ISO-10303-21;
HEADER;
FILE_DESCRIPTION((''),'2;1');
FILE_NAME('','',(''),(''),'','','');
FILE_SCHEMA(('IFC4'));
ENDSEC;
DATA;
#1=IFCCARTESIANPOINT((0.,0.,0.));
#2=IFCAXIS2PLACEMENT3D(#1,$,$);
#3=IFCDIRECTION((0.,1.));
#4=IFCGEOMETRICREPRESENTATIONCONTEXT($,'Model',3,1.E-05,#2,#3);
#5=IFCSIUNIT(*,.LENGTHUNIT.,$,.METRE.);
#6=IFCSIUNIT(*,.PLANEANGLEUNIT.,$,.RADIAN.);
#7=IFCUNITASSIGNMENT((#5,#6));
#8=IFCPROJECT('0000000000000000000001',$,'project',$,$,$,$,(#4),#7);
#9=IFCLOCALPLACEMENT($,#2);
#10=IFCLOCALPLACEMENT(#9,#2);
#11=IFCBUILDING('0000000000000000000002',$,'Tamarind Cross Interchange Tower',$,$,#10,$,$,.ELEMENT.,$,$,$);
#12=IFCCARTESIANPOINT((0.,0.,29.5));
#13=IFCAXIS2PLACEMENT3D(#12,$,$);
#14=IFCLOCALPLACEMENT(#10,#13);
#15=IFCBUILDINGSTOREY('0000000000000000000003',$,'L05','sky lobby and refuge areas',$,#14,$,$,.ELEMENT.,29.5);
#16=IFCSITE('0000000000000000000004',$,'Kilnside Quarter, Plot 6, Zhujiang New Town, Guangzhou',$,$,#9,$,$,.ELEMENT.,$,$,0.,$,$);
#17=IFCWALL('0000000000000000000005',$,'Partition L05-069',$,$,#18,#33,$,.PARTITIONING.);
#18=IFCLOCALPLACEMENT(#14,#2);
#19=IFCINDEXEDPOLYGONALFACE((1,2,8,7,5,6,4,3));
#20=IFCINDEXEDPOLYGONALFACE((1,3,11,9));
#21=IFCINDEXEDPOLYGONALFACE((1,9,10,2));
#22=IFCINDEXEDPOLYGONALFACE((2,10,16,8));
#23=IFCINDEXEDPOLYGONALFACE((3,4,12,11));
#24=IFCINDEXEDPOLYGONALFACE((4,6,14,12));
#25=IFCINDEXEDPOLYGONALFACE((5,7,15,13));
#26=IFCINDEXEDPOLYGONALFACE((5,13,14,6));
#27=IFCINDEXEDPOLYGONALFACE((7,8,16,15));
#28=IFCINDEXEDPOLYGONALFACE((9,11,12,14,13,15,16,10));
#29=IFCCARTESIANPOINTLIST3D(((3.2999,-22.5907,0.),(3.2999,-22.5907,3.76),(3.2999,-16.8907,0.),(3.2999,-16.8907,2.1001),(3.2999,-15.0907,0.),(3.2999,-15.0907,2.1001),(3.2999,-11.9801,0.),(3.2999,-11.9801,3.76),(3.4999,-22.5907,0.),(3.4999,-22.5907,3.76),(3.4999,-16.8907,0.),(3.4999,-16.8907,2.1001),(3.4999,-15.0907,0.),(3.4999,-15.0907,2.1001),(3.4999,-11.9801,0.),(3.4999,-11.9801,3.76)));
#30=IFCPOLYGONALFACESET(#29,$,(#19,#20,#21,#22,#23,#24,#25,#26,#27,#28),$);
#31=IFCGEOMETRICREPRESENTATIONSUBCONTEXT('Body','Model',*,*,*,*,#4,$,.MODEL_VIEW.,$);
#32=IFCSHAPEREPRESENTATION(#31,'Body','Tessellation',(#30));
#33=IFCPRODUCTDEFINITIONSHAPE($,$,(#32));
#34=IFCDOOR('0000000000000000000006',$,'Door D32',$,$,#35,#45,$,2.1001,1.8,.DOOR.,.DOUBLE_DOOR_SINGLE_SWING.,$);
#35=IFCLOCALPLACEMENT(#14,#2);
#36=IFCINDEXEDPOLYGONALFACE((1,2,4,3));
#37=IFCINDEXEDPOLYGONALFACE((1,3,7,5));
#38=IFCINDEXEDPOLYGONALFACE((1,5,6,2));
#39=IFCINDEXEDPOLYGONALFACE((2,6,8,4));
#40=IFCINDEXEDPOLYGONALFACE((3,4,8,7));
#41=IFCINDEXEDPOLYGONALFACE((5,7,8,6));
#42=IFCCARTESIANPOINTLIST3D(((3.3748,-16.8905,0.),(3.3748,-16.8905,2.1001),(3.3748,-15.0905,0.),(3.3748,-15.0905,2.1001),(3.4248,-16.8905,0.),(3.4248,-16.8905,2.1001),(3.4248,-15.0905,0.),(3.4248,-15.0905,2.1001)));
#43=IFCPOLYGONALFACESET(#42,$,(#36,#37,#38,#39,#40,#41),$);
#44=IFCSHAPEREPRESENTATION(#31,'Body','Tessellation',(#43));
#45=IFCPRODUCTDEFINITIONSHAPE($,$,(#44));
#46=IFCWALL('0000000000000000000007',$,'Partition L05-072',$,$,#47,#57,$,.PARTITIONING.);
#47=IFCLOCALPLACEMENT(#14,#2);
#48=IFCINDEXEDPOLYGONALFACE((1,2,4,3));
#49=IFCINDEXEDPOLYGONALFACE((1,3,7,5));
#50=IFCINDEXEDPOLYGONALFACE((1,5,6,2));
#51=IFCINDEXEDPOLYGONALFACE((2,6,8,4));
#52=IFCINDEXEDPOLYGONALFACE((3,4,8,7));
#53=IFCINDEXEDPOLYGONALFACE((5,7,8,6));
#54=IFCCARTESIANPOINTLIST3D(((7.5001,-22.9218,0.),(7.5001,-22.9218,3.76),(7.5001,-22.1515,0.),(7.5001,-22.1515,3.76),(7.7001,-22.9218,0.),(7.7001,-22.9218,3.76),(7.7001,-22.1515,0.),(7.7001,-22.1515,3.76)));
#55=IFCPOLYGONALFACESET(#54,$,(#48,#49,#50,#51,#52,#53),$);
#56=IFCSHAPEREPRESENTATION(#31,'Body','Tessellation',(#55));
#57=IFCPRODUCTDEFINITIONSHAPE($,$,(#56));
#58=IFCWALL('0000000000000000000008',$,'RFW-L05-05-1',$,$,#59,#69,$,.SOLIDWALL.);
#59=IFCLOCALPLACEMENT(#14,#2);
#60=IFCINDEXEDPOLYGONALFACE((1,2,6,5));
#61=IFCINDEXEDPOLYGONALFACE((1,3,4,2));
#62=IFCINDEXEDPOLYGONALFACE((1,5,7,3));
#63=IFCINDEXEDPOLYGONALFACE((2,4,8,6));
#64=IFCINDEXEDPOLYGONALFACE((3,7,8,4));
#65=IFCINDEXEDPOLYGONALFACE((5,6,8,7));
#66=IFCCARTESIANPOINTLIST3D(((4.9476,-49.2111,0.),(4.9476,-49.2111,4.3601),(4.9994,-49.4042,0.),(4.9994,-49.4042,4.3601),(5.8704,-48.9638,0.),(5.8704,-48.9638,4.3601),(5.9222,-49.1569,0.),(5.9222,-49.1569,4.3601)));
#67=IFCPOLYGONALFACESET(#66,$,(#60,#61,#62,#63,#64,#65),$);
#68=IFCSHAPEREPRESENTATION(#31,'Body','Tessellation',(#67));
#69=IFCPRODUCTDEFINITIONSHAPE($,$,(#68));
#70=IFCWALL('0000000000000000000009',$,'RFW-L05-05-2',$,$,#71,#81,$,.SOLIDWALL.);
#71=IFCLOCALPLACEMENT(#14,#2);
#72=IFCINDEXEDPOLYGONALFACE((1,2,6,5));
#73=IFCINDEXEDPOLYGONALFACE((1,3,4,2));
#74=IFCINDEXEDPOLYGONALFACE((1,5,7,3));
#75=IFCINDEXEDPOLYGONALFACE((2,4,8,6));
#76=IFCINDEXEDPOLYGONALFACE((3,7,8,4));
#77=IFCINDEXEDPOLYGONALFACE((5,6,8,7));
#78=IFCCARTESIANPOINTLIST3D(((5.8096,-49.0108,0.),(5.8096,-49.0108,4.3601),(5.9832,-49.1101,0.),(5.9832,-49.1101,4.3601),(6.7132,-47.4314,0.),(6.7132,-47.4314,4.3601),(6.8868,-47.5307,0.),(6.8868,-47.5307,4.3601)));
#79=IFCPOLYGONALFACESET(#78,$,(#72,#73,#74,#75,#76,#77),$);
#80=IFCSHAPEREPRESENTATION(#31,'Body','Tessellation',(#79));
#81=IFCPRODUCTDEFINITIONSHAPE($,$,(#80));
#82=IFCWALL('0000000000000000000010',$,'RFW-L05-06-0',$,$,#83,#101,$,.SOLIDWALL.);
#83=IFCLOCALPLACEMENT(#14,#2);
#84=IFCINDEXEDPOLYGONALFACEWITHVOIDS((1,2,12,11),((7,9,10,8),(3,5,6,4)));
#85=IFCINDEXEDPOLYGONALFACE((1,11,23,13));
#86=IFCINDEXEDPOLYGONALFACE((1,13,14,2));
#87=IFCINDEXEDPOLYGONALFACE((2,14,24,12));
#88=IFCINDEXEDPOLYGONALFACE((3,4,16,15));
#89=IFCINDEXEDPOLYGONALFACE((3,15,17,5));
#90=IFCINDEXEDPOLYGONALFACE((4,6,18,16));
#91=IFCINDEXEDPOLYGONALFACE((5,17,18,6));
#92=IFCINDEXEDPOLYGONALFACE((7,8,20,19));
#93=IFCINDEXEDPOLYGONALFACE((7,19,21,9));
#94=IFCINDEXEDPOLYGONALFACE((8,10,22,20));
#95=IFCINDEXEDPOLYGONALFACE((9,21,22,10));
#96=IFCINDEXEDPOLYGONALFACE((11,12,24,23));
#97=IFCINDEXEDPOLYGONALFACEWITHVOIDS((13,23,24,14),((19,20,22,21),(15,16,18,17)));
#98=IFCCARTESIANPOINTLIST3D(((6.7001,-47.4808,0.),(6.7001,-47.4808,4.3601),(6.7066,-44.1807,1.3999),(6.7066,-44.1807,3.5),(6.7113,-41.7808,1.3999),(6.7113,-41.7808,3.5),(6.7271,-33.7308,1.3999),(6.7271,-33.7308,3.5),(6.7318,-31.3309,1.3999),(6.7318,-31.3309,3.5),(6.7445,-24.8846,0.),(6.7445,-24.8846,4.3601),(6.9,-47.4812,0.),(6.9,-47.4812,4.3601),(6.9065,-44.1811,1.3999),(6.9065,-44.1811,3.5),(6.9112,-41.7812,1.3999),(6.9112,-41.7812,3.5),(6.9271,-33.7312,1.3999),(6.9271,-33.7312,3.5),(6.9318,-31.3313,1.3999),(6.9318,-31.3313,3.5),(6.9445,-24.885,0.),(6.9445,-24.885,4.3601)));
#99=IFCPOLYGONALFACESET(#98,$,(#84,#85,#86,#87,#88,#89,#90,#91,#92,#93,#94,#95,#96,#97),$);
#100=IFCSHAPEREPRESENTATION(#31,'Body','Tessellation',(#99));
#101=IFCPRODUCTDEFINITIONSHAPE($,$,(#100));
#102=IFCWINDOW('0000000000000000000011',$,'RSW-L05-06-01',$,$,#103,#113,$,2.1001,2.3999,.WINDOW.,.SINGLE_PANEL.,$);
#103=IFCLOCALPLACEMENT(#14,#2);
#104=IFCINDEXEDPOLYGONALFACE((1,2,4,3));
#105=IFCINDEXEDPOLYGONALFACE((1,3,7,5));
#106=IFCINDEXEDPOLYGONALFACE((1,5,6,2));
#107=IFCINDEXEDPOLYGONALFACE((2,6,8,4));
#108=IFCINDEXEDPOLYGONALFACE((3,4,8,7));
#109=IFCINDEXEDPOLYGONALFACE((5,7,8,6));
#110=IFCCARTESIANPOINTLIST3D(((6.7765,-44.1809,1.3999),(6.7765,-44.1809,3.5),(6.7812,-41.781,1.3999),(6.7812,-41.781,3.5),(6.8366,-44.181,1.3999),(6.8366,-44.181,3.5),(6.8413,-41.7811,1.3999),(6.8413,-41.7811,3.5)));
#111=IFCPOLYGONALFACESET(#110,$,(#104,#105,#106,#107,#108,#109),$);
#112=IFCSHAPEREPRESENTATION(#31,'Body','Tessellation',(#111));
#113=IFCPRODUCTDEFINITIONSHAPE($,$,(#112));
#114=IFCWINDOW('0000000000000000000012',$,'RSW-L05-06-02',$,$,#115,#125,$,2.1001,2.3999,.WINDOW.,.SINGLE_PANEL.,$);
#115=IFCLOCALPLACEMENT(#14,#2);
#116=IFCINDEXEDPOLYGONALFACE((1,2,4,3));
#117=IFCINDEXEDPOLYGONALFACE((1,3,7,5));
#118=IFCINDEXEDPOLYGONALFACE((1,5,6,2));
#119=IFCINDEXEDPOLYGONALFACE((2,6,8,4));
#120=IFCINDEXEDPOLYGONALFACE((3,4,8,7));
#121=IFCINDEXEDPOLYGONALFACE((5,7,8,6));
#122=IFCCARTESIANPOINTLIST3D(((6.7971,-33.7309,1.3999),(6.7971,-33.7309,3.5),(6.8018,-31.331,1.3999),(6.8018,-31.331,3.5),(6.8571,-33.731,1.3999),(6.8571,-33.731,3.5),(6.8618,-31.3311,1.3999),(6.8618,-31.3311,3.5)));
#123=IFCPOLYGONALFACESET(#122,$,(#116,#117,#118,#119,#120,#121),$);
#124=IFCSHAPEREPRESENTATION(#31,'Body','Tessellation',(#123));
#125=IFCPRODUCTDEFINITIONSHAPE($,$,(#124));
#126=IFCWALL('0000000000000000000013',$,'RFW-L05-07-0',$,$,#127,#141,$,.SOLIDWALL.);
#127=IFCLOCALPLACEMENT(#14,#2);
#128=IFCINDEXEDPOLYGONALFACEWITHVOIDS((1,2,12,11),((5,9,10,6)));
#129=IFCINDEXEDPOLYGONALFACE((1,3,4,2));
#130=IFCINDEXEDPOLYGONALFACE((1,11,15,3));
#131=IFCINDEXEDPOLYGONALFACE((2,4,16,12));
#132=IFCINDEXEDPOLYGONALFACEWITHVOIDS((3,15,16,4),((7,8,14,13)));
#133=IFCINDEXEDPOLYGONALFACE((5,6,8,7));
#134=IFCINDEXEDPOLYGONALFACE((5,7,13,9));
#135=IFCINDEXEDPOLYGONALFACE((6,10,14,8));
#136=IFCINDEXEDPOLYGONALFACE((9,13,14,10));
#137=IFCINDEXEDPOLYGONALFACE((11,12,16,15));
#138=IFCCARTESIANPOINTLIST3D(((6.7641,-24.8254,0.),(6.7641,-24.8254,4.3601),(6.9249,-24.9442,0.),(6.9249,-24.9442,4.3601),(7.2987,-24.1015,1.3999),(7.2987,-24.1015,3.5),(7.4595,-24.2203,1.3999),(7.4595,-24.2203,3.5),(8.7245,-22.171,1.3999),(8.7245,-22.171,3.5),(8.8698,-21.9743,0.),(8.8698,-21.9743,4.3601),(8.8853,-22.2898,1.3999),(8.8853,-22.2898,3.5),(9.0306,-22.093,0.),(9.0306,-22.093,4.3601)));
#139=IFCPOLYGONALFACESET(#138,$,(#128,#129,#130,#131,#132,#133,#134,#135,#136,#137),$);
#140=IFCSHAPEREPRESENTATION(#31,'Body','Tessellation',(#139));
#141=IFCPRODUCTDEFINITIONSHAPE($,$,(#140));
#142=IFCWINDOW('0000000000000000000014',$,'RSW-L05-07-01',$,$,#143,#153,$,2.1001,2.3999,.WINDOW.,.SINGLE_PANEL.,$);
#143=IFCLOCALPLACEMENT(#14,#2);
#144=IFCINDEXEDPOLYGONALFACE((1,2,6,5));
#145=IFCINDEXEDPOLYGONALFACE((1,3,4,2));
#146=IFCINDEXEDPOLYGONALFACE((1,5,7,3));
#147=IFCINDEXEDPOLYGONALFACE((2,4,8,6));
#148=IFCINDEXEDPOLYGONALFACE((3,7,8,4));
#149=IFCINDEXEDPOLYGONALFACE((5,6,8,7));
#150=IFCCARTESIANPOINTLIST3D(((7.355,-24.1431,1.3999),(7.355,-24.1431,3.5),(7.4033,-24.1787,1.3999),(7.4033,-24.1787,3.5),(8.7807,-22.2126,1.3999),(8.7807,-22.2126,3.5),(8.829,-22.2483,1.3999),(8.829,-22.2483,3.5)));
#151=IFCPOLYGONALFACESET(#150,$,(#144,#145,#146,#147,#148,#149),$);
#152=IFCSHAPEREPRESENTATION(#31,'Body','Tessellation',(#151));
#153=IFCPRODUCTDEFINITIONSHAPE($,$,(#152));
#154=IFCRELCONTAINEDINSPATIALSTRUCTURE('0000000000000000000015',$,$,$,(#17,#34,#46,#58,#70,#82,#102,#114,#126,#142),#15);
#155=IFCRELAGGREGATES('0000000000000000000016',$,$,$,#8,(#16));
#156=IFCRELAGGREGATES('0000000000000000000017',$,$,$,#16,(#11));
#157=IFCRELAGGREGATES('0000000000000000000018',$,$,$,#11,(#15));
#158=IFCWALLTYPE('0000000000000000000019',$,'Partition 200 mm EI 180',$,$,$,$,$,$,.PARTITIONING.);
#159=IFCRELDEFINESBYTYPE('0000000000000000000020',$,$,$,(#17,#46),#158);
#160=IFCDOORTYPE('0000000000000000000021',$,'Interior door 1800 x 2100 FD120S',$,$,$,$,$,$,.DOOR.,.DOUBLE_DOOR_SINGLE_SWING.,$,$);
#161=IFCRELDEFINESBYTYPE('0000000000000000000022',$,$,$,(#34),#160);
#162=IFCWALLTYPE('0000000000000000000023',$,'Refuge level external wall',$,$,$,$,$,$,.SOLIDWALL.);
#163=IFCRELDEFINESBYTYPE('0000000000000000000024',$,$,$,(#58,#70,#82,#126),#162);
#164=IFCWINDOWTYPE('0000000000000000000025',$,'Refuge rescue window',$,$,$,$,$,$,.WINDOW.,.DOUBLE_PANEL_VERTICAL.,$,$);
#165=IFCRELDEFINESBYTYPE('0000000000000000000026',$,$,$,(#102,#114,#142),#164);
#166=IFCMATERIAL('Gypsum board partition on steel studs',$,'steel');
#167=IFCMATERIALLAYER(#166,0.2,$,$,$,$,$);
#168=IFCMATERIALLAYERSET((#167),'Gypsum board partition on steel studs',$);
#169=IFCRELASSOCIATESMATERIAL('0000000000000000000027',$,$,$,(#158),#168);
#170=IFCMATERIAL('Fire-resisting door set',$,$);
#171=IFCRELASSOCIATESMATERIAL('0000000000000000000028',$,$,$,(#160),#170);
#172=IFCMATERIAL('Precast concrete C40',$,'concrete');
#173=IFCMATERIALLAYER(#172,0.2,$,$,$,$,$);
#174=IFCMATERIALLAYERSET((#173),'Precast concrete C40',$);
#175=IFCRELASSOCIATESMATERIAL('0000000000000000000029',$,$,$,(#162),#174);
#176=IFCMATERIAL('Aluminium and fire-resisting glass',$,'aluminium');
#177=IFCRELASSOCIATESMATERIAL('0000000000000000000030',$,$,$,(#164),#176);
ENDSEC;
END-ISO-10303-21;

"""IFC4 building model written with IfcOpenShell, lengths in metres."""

from ifc_helpers import new_model, si_unit, direction, frame, frame_2d, origin, place, context, subcontext, project, spatial, rectangle, extrude, material, layer, layer_set, type_object, element, fill, save


model = new_model("IFC4")

# Units and contexts
model_context = context("Model", 3, precision=1e-05, world=origin(), true_north=direction((0.0, 1.0)))
body_context = subcontext(model_context, "Body", "Model", "MODEL_VIEW")
ifc_project = project(units=[si_unit("LENGTHUNIT", "METRE"), si_unit("PLANEANGLEUNIT", "RADIAN")], contexts=[model_context])

# Site, building, storey
site_placement = place(None, origin())
site = spatial("IfcSite", under=ifc_project, at=site_placement, Name="Kilnside Quarter, Plot 6, Zhujiang New Town, Guangzhou", CompositionType="ELEMENT", RefElevation=0.0)
building_placement = place(site_placement, origin())
building = spatial("IfcBuilding", under=site, at=building_placement, Name="Tamarind Cross Interchange Tower", CompositionType="ELEMENT")
storey_placement = place(building_placement, frame((0.0, 0.0, 29.5)))
storey = spatial("IfcBuildingStorey", under=building, at=storey_placement, Name="L05", Description="sky lobby and refuge areas", CompositionType="ELEMENT", Elevation=29.5)

# Shared definitions
ifc_material_1 = material(Name="Gypsum board partition on steel studs", Category="steel")
ifc_layer_1 = layer(ifc_material_1, 0.2)
ifc_layer_set_1 = layer_set([ifc_layer_1], Name="Gypsum board partition on steel studs")
wall_type_1 = type_object("IfcWallType", Name="Partition 200 mm EI 180", PredefinedType="PARTITIONING", material=ifc_layer_set_1)

# Shared definitions
ifc_material_2 = material(Name="Fire-resisting door set")
door_type = type_object("IfcDoorType", Name="Interior door 1800 x 2100 FD120S", OperationType="DOUBLE_DOOR_SINGLE_SWING", PredefinedType="DOOR", material=ifc_material_2)

# Wall, opening, door
wall_1_placement = place(storey_placement, frame((3.3999, -22.5906, 0.0), z_axis=(0.0, 0.0, 1.0), x_axis=(0.0, 1.0, 0.0)))
wall_1 = element("IfcWall", 1, at=wall_1_placement, inside=storey, type_object=wall_type_1, Name="Partition L05-069", PredefinedType="PARTITIONING", context=body_context, shape_type="SweptSolid", body=[
    extrude(rectangle(XDim=10.6106, YDim=0.2, at=frame_2d((5.3052, 0.0))), origin(), (0.0, 0.0, 1.0), 3.76),
])
opening_1_placement = place(wall_1_placement, frame((5.7, 0.0, 0.0)))
opening_1 = element("IfcOpeningElement", 2, at=opening_1_placement, cuts=wall_1, PredefinedType="OPENING", context=body_context, shape_type="SweptSolid", body=[
    extrude(rectangle(XDim=1.8, YDim=2.1001, at=frame_2d((0.8999, 1.05))), frame((0.0, 0.1099, 0.0), z_axis=(0.0, -1.0, 0.0), x_axis=(1.0, 0.0, 0.0)), (0.0, 0.0, 1.0), 0.22),
])
door_1_placement = place(opening_1_placement, frame((1.8, 0.0, 0.0), z_axis=(0.0, 0.0, 1.0), x_axis=(-1.0, 0.0, 0.0)))
door_1 = element("IfcDoor", 3, at=door_1_placement, inside=storey, type_object=door_type, Name="Door D32", OperationType="DOUBLE_DOOR_SINGLE_SWING", OverallHeight=2.1001, OverallWidth=1.8, PredefinedType="DOOR", context=body_context, shape_type="SweptSolid", body=[
    extrude(rectangle(XDim=1.8, YDim=2.1001, at=frame_2d((0.8999, 1.05))), frame((0.0, 0.0249, 0.0), z_axis=(0.0, -1.0, 0.0), x_axis=(1.0, 0.0, 0.0)), (0.0, 0.0, 1.0), 0.05),
])
fill(opening_1, door_1)

# Walls
wall_2_placement = place(storey_placement, frame((7.6001, -22.9219, 0.0), z_axis=(0.0, 0.0, 1.0), x_axis=(0.0, 1.0, 0.0)))
element("IfcWall", 4, at=wall_2_placement, inside=storey, type_object=wall_type_1, Name="Partition L05-072", PredefinedType="PARTITIONING", context=body_context, shape_type="SweptSolid", body=[
    extrude(rectangle(XDim=0.7703, YDim=0.2, at=frame_2d((0.3853, 0.0))), origin(), (0.0, 0.0, 1.0), 3.76),
])
ifc_material_3 = material(Name="Precast concrete C40", Category="concrete")
ifc_layer_2 = layer(ifc_material_3, 0.2)
ifc_layer_set_2 = layer_set([ifc_layer_2], Name="Precast concrete C40")
wall_type_2 = type_object("IfcWallType", Name="Refuge level external wall", PredefinedType="SOLIDWALL", material=ifc_layer_set_2)
wall_3_placement = place(storey_placement, frame((4.9736, -49.3076, 0.0), z_axis=(0.0, 0.0, 1.0), x_axis=(0.965916, 0.258855, 0.0)))
element("IfcWall", 5, at=wall_3_placement, inside=storey, type_object=wall_type_2, Name="RFW-L05-05-1", PredefinedType="SOLIDWALL", context=body_context, shape_type="SweptSolid", body=[
    extrude(rectangle(XDim=0.9553, YDim=0.2, at=frame_2d((0.4775, 0.0))), origin(), (0.0, 0.0, 1.0), 4.3601),
])
wall_4_placement = place(storey_placement, frame((5.8965, -49.0603, 0.0), z_axis=(0.0, 0.0, 1.0), x_axis=(0.496587, 0.867987, 0.0)))
element("IfcWall", 6, at=wall_4_placement, inside=storey, type_object=wall_type_2, Name="RFW-L05-05-2", PredefinedType="SOLIDWALL", context=body_context, shape_type="SweptSolid", body=[
    extrude(rectangle(XDim=1.8196, YDim=0.2, at=frame_2d((0.9097, 0.0))), origin(), (0.0, 0.0, 1.0), 4.3601),
])

# Wall, openings, windows
wall_5_placement = place(storey_placement, frame((6.8, -47.481, 0.0), z_axis=(0.0, 0.0, 1.0), x_axis=(0.001966, 0.999998, 0.0)))
wall_5 = element("IfcWall", 7, at=wall_5_placement, inside=storey, type_object=wall_type_2, Name="RFW-L05-06-0", PredefinedType="SOLIDWALL", context=body_context, shape_type="SweptSolid", body=[
    extrude(rectangle(XDim=22.5962, YDim=0.2, at=frame_2d((11.2981, 0.0))), origin(), (0.0, 0.0, 1.0), 4.3601),
])
opening_2_placement = place(wall_5_placement, frame((3.3, 0.0, 1.3999)))
opening_2 = element("IfcOpeningElement", 8, at=opening_2_placement, cuts=wall_5, PredefinedType="OPENING", context=body_context, shape_type="SweptSolid", body=[
    extrude(rectangle(XDim=2.3999, YDim=2.1001, at=frame_2d((1.2, 1.05))), frame((0.0, 0.1099, 0.0), z_axis=(0.0, -1.0, 0.0), x_axis=(1.0, 0.0, 0.0)), (0.0, 0.0, 1.0), 0.22),
])
opening_3_placement = place(wall_5_placement, frame((13.75, 0.0, 1.3999)))
opening_3 = element("IfcOpeningElement", 9, at=opening_3_placement, cuts=wall_5, PredefinedType="OPENING", context=body_context, shape_type="SweptSolid", body=[
    extrude(rectangle(XDim=2.3999, YDim=2.1001, at=frame_2d((1.2, 1.05))), frame((0.0, 0.1099, 0.0), z_axis=(0.0, -1.0, 0.0), x_axis=(1.0, 0.0, 0.0)), (0.0, 0.0, 1.0), 0.22),
])
ifc_material_4 = material(Name="Aluminium and fire-resisting glass", Category="aluminium")
window_type = type_object("IfcWindowType", Name="Refuge rescue window", PartitioningType="DOUBLE_PANEL_VERTICAL", PredefinedType="WINDOW", material=ifc_material_4)
window_1_placement = place(opening_2_placement, origin())
window_1 = element("IfcWindow", 10, at=window_1_placement, inside=storey, type_object=window_type, Name="RSW-L05-06-01", OverallHeight=2.1001, OverallWidth=2.3999, PartitioningType="SINGLE_PANEL", PredefinedType="WINDOW", context=body_context, shape_type="SweptSolid", body=[
    extrude(rectangle(XDim=2.3999, YDim=2.1001, at=frame_2d((1.2, 1.05))), frame((0.0, 0.03, 0.0), z_axis=(0.0, -1.0, 0.0), x_axis=(1.0, 0.0, 0.0)), (0.0, 0.0, 1.0), 0.0601),
])
fill(opening_2, window_1)
window_2_placement = place(opening_3_placement, origin())
window_2 = element("IfcWindow", 11, at=window_2_placement, inside=storey, type_object=window_type, Name="RSW-L05-06-02", OverallHeight=2.1001, OverallWidth=2.3999, PartitioningType="SINGLE_PANEL", PredefinedType="WINDOW", context=body_context, shape_type="SweptSolid", body=[
    extrude(rectangle(XDim=2.3999, YDim=2.1001, at=frame_2d((1.2, 1.05))), frame((0.0, 0.03, 0.0), z_axis=(0.0, -1.0, 0.0), x_axis=(1.0, 0.0, 0.0)), (0.0, 0.0, 1.0), 0.0601),
])
fill(opening_3, window_2)

# Wall, opening, window
wall_6_placement = place(storey_placement, frame((6.8445, -24.8848, 0.0), z_axis=(0.0, 0.0, 1.0), x_axis=(0.594099, 0.804392, 0.0)))
wall_6 = element("IfcWall", 12, at=wall_6_placement, inside=storey, type_object=wall_type_2, Name="RFW-L05-07-0", PredefinedType="SOLIDWALL", context=body_context, shape_type="SweptSolid", body=[
    extrude(rectangle(XDim=3.5444, YDim=0.2, at=frame_2d((1.7722, 0.0))), origin(), (0.0, 0.0, 1.0), 4.3601),
])
opening_4_placement = place(wall_6_placement, frame((0.8999, 0.0, 1.3999)))
opening_4 = element("IfcOpeningElement", 13, at=opening_4_placement, cuts=wall_6, PredefinedType="OPENING", context=body_context, shape_type="SweptSolid", body=[
    extrude(rectangle(XDim=2.3999, YDim=2.1001, at=frame_2d((1.2, 1.05))), frame((0.0, 0.1099, 0.0), z_axis=(0.0, -1.0, 0.0), x_axis=(1.0, 0.0, 0.0)), (0.0, 0.0, 1.0), 0.22),
])
window_3_placement = place(opening_4_placement, origin())
window_3 = element("IfcWindow", 14, at=window_3_placement, inside=storey, type_object=window_type, Name="RSW-L05-07-01", OverallHeight=2.1001, OverallWidth=2.3999, PartitioningType="SINGLE_PANEL", PredefinedType="WINDOW", context=body_context, shape_type="SweptSolid", body=[
    extrude(rectangle(XDim=2.3999, YDim=2.1001, at=frame_2d((1.2, 1.05))), frame((0.0, 0.03, 0.0), z_axis=(0.0, -1.0, 0.0), x_axis=(1.0, 0.0, 0.0)), (0.0, 0.0, 1.0), 0.0601),
])
fill(opening_4, window_3)

save(model, "model.ifc")
